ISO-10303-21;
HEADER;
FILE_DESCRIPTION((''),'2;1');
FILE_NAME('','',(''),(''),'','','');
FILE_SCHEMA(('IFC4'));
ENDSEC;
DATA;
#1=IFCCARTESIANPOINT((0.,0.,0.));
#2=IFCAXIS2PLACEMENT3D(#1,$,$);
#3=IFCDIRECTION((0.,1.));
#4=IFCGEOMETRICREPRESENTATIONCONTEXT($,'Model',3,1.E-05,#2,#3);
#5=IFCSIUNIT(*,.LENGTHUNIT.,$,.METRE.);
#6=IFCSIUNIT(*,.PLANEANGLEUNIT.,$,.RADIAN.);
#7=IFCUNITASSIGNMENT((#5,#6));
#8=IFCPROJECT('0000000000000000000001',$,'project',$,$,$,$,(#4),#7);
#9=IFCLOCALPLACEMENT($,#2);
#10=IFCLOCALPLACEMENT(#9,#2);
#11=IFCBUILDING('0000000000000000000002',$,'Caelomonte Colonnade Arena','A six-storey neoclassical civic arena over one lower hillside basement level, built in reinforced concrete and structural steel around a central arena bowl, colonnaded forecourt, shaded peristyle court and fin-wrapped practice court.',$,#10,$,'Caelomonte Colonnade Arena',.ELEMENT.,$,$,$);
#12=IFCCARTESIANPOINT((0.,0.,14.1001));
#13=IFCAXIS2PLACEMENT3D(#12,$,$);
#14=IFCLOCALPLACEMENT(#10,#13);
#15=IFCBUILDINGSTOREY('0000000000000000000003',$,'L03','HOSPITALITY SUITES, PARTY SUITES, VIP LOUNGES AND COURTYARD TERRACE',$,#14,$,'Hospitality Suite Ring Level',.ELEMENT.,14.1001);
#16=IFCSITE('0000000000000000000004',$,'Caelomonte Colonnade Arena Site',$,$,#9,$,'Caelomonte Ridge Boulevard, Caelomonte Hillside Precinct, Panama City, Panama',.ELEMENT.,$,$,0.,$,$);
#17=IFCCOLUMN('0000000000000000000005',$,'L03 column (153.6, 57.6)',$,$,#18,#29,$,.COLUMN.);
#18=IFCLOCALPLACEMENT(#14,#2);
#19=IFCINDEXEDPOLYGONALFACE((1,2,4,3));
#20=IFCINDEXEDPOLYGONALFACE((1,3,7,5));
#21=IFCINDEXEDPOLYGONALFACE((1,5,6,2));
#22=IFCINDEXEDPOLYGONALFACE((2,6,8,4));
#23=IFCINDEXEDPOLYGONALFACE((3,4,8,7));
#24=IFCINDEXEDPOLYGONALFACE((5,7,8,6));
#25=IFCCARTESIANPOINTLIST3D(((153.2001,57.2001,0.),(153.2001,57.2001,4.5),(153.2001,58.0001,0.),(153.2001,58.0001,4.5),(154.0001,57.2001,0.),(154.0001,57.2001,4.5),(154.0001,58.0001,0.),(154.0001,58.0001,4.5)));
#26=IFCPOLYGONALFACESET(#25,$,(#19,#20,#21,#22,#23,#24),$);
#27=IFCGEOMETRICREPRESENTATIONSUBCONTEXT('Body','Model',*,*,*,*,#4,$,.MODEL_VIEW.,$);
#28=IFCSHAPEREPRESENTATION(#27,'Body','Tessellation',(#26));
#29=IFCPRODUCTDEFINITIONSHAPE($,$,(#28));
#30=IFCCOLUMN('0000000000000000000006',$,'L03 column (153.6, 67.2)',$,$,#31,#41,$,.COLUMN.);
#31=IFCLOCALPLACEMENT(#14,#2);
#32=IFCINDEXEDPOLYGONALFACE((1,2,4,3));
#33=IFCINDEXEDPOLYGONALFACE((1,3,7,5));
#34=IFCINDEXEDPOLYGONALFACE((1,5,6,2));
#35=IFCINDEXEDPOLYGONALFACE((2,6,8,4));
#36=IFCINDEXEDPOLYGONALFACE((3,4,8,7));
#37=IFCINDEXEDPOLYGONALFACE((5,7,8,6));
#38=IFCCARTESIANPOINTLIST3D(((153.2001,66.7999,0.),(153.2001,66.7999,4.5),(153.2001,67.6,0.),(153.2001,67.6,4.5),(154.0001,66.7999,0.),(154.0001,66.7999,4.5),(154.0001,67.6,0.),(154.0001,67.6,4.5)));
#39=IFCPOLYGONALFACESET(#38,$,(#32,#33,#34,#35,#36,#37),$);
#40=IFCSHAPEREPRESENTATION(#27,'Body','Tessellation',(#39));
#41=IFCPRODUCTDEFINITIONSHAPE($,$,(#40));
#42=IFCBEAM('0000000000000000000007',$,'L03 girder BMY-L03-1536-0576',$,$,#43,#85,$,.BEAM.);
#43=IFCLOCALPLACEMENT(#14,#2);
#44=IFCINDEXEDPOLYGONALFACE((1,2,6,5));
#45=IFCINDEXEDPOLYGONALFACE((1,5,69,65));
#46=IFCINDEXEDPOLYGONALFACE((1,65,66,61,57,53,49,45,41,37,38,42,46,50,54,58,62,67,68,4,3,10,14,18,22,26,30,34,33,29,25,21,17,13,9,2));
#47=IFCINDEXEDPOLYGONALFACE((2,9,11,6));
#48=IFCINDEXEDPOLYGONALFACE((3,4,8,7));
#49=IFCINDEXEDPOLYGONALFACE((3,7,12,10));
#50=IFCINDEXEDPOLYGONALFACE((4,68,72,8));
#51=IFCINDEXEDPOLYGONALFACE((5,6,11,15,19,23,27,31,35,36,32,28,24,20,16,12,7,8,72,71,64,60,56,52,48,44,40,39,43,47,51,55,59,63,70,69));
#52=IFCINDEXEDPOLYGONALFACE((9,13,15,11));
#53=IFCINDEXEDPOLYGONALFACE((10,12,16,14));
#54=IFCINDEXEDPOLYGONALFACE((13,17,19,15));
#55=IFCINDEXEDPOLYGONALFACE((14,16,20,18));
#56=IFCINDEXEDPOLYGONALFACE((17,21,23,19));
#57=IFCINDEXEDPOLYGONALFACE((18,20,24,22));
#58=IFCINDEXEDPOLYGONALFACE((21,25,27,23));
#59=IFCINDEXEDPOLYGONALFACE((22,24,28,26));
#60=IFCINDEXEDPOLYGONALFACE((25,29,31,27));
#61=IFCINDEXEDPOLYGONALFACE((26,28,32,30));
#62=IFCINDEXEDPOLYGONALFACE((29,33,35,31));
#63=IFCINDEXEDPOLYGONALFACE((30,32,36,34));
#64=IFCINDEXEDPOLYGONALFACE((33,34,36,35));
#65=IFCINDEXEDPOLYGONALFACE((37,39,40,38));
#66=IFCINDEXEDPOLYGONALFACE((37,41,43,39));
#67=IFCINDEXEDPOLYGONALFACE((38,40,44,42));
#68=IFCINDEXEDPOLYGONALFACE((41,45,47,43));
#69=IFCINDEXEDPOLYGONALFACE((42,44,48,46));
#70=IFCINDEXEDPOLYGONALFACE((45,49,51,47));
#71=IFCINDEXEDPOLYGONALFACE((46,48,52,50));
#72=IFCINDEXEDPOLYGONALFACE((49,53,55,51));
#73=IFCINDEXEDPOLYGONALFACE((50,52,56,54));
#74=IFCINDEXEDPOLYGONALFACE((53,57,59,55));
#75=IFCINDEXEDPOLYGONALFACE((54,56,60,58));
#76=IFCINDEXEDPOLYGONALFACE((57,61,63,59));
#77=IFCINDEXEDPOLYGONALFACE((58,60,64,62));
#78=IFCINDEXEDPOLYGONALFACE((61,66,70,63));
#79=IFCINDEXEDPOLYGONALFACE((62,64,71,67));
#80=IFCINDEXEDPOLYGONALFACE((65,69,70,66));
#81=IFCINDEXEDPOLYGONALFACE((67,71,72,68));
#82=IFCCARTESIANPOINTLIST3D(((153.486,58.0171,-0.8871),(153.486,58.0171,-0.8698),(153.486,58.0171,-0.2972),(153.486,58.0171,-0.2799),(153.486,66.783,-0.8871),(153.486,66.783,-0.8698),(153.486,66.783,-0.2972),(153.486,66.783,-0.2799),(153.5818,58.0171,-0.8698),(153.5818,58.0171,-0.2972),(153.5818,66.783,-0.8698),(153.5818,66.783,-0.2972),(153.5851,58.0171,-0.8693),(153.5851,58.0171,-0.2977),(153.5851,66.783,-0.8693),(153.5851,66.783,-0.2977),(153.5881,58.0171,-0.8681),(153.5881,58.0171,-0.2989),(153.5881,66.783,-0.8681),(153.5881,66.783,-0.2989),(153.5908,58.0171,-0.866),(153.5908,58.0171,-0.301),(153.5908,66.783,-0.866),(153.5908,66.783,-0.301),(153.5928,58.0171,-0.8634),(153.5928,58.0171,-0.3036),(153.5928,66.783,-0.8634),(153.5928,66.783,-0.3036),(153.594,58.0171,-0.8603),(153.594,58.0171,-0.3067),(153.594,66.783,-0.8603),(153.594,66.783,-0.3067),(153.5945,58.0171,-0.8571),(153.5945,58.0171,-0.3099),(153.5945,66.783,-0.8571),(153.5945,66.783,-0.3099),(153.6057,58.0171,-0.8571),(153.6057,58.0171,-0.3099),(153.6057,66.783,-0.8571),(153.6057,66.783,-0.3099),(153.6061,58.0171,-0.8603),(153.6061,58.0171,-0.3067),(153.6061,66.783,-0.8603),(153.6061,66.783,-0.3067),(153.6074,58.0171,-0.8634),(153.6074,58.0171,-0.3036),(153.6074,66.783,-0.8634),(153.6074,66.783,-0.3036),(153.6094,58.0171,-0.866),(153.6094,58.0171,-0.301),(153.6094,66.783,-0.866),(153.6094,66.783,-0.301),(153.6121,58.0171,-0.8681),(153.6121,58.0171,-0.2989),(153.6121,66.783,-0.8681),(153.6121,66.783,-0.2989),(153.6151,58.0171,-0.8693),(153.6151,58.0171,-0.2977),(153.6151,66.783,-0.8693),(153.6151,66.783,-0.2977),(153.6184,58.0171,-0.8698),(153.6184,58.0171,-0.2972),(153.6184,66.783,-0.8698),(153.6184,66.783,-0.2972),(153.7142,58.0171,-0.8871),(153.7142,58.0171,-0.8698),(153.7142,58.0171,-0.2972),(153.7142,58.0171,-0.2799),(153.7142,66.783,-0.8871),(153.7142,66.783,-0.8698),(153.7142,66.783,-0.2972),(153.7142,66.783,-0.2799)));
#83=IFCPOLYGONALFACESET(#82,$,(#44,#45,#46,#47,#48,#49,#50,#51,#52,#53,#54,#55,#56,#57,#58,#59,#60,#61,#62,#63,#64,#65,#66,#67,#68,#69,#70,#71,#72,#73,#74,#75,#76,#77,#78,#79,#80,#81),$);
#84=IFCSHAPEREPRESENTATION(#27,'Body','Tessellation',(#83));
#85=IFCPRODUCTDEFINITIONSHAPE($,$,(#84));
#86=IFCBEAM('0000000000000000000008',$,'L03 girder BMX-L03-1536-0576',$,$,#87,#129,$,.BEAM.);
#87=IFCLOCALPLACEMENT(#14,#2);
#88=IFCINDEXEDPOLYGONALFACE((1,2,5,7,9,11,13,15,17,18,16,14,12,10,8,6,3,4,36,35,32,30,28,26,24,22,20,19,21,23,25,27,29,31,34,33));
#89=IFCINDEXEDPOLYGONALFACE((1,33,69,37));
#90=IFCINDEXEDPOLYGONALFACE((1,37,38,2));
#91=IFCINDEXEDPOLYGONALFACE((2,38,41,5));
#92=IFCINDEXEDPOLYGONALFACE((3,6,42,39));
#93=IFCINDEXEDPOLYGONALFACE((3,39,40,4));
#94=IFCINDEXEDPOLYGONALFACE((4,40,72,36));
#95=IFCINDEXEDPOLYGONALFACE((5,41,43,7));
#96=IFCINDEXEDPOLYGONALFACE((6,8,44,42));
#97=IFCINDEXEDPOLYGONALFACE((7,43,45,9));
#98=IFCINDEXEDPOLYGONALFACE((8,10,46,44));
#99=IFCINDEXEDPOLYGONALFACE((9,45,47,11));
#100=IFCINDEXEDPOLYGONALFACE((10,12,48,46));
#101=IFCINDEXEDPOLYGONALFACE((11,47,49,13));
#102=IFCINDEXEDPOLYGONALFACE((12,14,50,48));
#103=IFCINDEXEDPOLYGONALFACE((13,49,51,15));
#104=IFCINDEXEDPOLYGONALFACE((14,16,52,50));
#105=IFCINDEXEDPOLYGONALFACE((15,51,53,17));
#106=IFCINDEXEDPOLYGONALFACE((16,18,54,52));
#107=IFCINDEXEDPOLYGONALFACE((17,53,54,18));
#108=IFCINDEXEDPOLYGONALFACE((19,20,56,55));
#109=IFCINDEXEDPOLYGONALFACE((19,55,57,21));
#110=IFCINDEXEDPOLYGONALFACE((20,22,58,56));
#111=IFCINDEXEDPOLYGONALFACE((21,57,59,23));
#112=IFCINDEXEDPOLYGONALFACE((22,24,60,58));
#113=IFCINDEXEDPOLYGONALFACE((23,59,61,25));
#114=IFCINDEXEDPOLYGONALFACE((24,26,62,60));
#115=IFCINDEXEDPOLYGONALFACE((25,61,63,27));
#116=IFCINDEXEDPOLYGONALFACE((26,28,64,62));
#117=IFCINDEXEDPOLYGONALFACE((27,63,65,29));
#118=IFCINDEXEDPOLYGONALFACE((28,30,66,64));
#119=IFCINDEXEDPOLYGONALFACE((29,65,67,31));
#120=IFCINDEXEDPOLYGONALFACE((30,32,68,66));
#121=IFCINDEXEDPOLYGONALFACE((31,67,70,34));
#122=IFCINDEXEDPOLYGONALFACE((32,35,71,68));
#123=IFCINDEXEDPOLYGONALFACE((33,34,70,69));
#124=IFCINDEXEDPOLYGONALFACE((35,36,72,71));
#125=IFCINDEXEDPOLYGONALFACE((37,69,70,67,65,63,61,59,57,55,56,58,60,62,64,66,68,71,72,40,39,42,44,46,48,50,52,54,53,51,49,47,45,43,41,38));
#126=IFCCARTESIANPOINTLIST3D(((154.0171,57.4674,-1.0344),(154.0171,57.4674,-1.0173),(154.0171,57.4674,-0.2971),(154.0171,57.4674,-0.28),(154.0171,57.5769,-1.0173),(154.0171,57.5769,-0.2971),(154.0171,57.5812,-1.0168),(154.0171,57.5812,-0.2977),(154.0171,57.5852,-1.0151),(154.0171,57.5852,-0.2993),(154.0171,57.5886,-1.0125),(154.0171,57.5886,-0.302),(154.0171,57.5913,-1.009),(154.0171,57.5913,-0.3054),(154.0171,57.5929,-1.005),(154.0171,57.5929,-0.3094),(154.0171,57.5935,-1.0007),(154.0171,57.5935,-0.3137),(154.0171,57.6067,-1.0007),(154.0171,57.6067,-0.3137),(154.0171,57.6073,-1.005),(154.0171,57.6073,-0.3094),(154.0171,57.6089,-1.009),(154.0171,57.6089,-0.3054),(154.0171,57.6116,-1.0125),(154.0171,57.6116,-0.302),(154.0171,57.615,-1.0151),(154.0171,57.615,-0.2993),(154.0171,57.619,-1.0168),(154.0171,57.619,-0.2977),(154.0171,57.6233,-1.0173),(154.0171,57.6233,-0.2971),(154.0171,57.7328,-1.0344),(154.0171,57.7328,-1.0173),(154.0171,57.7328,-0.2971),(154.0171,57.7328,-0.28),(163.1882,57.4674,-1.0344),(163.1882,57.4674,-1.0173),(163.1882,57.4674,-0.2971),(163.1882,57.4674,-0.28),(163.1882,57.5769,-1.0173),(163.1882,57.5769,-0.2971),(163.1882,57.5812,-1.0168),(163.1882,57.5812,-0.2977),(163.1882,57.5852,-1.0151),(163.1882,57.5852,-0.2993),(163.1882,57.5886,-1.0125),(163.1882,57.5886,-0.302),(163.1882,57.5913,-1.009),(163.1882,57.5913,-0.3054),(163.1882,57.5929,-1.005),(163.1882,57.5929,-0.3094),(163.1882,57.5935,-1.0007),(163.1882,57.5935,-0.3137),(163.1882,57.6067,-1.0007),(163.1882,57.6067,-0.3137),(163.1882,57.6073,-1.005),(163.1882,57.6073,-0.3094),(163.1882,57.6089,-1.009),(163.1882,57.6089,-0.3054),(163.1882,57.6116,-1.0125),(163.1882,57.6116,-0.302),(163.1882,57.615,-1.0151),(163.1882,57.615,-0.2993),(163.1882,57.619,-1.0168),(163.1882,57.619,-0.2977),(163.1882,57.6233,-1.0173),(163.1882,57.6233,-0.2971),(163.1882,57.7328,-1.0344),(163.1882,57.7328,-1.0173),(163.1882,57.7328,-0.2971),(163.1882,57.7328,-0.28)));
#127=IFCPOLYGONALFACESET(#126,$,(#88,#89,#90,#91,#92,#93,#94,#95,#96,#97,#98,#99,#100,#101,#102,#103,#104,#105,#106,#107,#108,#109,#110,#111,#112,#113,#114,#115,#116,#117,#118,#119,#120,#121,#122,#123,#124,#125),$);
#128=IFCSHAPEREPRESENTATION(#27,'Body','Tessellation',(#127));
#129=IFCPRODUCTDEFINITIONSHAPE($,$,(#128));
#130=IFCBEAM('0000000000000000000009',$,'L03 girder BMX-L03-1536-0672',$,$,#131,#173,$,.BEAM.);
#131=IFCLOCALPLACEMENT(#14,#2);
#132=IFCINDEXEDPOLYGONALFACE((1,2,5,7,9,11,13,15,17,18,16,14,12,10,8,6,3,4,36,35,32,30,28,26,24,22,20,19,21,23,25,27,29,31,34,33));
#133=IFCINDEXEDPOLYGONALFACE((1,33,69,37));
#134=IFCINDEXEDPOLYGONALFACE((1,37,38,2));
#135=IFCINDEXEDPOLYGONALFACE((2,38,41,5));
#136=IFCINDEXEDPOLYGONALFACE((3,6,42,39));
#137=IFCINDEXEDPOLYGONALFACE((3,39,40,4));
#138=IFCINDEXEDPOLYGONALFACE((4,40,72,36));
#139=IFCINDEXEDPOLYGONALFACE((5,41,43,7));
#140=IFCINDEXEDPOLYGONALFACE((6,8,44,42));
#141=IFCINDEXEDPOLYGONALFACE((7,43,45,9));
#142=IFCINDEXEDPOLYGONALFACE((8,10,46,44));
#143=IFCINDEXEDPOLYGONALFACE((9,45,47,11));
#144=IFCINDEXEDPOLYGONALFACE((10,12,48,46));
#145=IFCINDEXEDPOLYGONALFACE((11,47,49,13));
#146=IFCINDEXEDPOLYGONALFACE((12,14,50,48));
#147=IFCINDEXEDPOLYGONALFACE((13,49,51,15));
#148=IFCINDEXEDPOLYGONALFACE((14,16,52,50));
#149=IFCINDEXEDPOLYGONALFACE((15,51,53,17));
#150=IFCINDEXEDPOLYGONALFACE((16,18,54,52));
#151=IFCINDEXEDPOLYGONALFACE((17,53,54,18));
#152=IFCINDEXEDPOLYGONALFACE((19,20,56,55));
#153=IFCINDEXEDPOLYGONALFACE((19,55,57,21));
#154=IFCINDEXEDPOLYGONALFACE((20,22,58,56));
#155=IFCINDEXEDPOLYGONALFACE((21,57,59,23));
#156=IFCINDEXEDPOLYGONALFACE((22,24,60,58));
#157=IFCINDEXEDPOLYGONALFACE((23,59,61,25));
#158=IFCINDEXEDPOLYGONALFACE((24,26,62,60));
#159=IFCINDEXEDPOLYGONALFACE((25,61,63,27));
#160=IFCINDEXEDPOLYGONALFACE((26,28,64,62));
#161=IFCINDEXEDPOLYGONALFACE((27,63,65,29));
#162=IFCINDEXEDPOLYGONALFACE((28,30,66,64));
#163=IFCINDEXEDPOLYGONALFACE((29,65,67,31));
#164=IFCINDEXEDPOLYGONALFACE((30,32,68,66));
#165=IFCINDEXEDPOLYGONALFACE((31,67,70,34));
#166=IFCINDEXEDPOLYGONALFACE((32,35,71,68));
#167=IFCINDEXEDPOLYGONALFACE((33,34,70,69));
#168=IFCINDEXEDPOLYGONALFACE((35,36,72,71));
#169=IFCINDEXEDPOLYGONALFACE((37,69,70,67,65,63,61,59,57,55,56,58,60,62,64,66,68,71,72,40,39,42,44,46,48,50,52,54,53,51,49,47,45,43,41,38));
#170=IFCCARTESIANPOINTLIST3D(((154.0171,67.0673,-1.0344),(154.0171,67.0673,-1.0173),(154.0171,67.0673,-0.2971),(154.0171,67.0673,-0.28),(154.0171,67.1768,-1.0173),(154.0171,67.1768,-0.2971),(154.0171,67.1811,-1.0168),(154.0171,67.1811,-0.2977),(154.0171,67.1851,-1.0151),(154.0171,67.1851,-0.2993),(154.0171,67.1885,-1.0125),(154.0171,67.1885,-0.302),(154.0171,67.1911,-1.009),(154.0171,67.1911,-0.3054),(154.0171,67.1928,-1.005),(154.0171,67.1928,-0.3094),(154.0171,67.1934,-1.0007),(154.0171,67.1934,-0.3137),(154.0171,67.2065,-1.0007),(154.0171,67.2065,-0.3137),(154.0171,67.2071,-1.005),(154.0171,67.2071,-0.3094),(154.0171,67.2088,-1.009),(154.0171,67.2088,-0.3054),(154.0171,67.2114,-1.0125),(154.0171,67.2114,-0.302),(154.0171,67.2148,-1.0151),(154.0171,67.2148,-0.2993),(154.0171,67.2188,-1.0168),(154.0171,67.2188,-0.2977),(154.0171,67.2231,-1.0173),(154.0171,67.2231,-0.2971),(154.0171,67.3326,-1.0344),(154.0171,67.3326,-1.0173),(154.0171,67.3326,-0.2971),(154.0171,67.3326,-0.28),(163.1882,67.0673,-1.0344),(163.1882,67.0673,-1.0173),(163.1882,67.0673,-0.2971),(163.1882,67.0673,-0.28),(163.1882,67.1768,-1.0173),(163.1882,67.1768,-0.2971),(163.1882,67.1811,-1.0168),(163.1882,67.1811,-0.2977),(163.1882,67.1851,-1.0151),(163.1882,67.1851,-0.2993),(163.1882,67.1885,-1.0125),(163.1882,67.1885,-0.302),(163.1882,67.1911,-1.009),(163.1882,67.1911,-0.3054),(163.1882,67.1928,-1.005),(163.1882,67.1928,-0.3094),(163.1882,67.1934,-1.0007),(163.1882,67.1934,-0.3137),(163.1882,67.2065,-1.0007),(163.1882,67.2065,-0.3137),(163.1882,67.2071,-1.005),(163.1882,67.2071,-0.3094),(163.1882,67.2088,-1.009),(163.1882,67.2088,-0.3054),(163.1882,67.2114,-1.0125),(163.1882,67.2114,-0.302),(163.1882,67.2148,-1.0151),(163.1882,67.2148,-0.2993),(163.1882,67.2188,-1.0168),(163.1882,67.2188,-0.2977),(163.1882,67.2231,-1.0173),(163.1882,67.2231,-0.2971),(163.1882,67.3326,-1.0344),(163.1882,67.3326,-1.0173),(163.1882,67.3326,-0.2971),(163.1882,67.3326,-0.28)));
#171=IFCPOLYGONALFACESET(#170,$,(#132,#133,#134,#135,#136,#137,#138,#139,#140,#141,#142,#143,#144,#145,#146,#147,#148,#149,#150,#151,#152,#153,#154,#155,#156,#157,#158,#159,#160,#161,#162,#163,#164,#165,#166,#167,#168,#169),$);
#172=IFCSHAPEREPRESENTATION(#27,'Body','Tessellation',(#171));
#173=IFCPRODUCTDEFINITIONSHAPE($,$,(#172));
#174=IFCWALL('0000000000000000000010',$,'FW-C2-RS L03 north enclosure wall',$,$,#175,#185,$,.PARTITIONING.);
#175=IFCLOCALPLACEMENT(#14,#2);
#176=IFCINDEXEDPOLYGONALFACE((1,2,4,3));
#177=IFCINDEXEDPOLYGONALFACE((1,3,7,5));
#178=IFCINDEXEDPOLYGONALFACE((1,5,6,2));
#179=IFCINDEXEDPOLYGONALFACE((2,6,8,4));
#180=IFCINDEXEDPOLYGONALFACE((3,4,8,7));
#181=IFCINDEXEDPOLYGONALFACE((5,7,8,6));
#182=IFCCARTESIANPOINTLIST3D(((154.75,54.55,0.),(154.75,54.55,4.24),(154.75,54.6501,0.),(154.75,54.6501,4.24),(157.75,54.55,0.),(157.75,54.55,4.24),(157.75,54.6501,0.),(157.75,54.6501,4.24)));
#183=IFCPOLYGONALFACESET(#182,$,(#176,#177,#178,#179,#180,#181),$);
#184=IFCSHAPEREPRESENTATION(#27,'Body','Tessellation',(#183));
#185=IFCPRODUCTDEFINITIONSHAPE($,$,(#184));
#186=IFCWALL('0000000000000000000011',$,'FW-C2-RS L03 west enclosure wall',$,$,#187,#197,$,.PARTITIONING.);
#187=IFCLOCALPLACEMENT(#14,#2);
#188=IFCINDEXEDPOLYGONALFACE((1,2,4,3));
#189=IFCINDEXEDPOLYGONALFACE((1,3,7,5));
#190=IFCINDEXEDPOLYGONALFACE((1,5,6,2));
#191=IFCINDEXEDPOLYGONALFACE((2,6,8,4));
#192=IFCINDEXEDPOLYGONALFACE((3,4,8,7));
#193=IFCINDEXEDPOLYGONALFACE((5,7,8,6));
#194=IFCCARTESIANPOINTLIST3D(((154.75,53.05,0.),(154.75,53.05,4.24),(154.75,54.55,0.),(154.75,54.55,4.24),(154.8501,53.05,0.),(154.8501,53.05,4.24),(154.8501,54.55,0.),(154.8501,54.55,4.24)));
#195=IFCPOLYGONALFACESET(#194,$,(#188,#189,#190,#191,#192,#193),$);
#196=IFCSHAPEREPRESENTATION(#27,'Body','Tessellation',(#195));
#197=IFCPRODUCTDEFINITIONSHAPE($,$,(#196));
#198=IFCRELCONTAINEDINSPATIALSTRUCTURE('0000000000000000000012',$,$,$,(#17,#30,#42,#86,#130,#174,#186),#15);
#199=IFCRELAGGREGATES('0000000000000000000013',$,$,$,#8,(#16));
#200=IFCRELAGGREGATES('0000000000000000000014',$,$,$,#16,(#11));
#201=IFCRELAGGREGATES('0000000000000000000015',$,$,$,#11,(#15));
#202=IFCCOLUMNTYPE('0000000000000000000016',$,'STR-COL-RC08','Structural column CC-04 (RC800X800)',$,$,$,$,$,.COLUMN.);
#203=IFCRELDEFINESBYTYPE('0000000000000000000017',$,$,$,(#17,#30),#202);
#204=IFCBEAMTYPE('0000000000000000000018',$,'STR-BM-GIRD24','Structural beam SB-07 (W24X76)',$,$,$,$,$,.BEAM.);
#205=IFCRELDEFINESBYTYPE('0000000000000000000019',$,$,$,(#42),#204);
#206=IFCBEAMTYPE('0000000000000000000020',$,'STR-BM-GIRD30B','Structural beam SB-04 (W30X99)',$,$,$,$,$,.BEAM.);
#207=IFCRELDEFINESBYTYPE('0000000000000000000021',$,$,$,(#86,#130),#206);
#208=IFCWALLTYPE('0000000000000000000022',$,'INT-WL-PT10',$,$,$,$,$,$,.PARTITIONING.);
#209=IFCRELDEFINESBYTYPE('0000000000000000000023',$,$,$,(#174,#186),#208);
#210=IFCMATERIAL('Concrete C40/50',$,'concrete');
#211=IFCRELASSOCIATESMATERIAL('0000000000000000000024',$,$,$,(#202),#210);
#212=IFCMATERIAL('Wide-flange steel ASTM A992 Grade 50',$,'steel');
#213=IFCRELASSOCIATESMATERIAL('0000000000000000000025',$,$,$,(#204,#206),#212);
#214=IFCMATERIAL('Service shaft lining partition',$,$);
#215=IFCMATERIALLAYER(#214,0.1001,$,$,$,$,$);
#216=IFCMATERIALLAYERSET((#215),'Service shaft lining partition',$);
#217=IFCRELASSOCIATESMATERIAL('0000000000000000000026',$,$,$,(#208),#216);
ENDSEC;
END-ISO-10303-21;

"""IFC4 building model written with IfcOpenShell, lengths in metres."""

from ifc_helpers import new_model, si_unit, direction, frame, frame_2d, origin, origin_2d, place, context, subcontext, project, spatial, rectangle, i_section, extrude, material, layer, layer_set, material_profile, profile_set, type_object, element, save


model = new_model("IFC4")

# Units and contexts
model_context = context("Model", 3, precision=1e-05, world=origin(), true_north=direction((0.0, 1.0)))
body_context = subcontext(model_context, "Body", "Model", "MODEL_VIEW")
ifc_project = project(units=[si_unit("LENGTHUNIT", "METRE"), si_unit("PLANEANGLEUNIT", "RADIAN")], contexts=[model_context])

# Site, building, storey
site_placement = place(None, origin())
site = spatial("IfcSite", under=ifc_project, at=site_placement, Name="Caelomonte Colonnade Arena Site", LongName="Caelomonte Ridge Boulevard, Caelomonte Hillside Precinct, Panama City, Panama", CompositionType="ELEMENT", RefElevation=0.0)
building_placement = place(site_placement, origin())
building = spatial("IfcBuilding", under=site, at=building_placement, Name="Caelomonte Colonnade Arena", Description="A six-storey neoclassical civic arena over one lower hillside basement level, built in reinforced concrete and structural steel around a central arena bowl, colonnaded forecourt, shaded peristyle court and fin-wrapped practice court.", LongName="Caelomonte Colonnade Arena", CompositionType="ELEMENT")
storey_placement = place(building_placement, frame((0.0, 0.0, 14.1001)))
storey = spatial("IfcBuildingStorey", under=building, at=storey_placement, Name="L03", Description="HOSPITALITY SUITES, PARTY SUITES, VIP LOUNGES AND COURTYARD TERRACE", LongName="Hospitality Suite Ring Level", CompositionType="ELEMENT", Elevation=14.1001)

# Columns
ifc_material_1 = material(Name="Concrete C40/50", Category="concrete")
ifc_material_profile_1 = material_profile(ifc_material_1, rectangle(XDim=0.8, YDim=0.8, at=origin_2d()), Name="RC800X800")
ifc_profile_set_1 = profile_set([ifc_material_profile_1], Name="Concrete C40/50")
column_type = type_object("IfcColumnType", Name="STR-COL-RC08", Description="Structural column CC-04 (RC800X800)", PredefinedType="COLUMN", material=ifc_profile_set_1)
for number, where, z_axis, x_axis, name in (
    (1, (153.6001, 57.6001, 0.0), (0.0, 0.0, 1.0), (1.0, 0.0, 0.0), "L03 column (153.6, 57.6)"),
    (2, (153.6001, 67.2, 0.0), (0.0, 0.0, 1.0), (1.0, 0.0, 0.0), "L03 column (153.6, 67.2)"),
):
    element("IfcColumn", number, at=place(storey_placement, frame(where, z_axis=z_axis, x_axis=x_axis)), inside=storey, type_object=column_type, Name=name, PredefinedType="COLUMN", context=body_context, shape_type="SweptSolid", body=[
        extrude(rectangle(XDim=0.8, YDim=0.8, at=origin_2d()), origin(), (0.0, 0.0, 1.0), 4.5),
    ])

# Beams
ifc_material_2 = material(Name="Wide-flange steel ASTM A992 Grade 50", Category="steel")
ifc_material_profile_2 = material_profile(ifc_material_2, i_section(OverallWidth=0.2283, OverallDepth=0.6072, WebThickness=0.0112, FlangeThickness=0.0173, FilletRadius=0.0127, at=origin_2d()), Name="W24X76")
ifc_profile_set_2 = profile_set([ifc_material_profile_2], Name="Wide-flange steel ASTM A992 Grade 50")
beam_type_1 = type_object("IfcBeamType", Name="STR-BM-GIRD24", Description="Structural beam SB-07 (W24X76)", PredefinedType="BEAM", material=ifc_profile_set_2)
beam_placement = place(storey_placement, frame((153.6001, 58.0171, -0.5835), z_axis=(0.0, 1.0, 0.0), x_axis=(-1.0, 0.0, 0.0)))
element("IfcBeam", 3, at=beam_placement, inside=storey, type_object=beam_type_1, Name="L03 girder BMY-L03-1536-0576", PredefinedType="BEAM", context=body_context, shape_type="SweptSolid", body=[
    extrude(i_section(OverallWidth=0.2283, OverallDepth=0.6072, WebThickness=0.0112, FlangeThickness=0.0173, FilletRadius=0.0127, at=origin_2d()), origin(), (0.0, 0.0, 1.0), 8.7659),
])
ifc_material_profile_3 = material_profile(ifc_material_2, i_section(OverallWidth=0.2654, OverallDepth=0.7544, WebThickness=0.0132, FlangeThickness=0.0171, FilletRadius=0.0166, at=origin_2d()), Name="W30X99")
ifc_profile_set_3 = profile_set([ifc_material_profile_3], Name="Wide-flange steel ASTM A992 Grade 50")
beam_type_2 = type_object("IfcBeamType", Name="STR-BM-GIRD30B", Description="Structural beam SB-04 (W30X99)", PredefinedType="BEAM", material=ifc_profile_set_3)
for number, where, z_axis, x_axis, name in (
    (4, (154.0171, 57.6001, -0.6572), (1.0, 0.0, 0.0), (0.0, 1.0, 0.0), "L03 girder BMX-L03-1536-0576"),
    (5, (154.0171, 67.2, -0.6572), (1.0, 0.0, 0.0), (0.0, 1.0, 0.0), "L03 girder BMX-L03-1536-0672"),
):
    element("IfcBeam", number, at=place(storey_placement, frame(where, z_axis=z_axis, x_axis=x_axis)), inside=storey, type_object=beam_type_2, Name=name, PredefinedType="BEAM", context=body_context, shape_type="SweptSolid", body=[
        extrude(i_section(OverallWidth=0.2654, OverallDepth=0.7544, WebThickness=0.0132, FlangeThickness=0.0171, FilletRadius=0.0166, at=origin_2d()), origin(), (0.0, 0.0, 1.0), 9.1711),
    ])

# Walls
ifc_material_3 = material(Name="Service shaft lining partition")
ifc_layer_1 = layer(ifc_material_3, 0.1001)
ifc_layer_set_1 = layer_set([ifc_layer_1], Name="Service shaft lining partition")
wall_type_1 = type_object("IfcWallType", Name="INT-WL-PT10", PredefinedType="PARTITIONING", material=ifc_layer_set_1)
wall_1_placement = place(storey_placement, frame((157.75, 54.6001, 0.0), z_axis=(0.0, 0.0, 1.0), x_axis=(-1.0, 0.0, 0.0)))
element("IfcWall", 6, at=wall_1_placement, inside=storey, type_object=wall_type_1, Name="FW-C2-RS L03 north enclosure wall", PredefinedType="PARTITIONING", context=body_context, shape_type="SweptSolid", body=[
    extrude(rectangle(XDim=3.0, YDim=0.1001, at=frame_2d((1.5, 0.0))), origin(), (0.0, 0.0, 1.0), 4.24),
])
wall_2_placement = place(storey_placement, frame((154.8, 54.55, 0.0), z_axis=(0.0, 0.0, 1.0), x_axis=(0.0, -1.0, 0.0)))
element("IfcWall", 7, at=wall_2_placement, inside=storey, type_object=wall_type_1, Name="FW-C2-RS L03 west enclosure wall", PredefinedType="PARTITIONING", context=body_context, shape_type="SweptSolid", body=[
    extrude(rectangle(XDim=1.5, YDim=0.1001, at=frame_2d((0.75, 0.0))), origin(), (0.0, 0.0, 1.0), 4.24),
])

save(model, "model.ifc")
